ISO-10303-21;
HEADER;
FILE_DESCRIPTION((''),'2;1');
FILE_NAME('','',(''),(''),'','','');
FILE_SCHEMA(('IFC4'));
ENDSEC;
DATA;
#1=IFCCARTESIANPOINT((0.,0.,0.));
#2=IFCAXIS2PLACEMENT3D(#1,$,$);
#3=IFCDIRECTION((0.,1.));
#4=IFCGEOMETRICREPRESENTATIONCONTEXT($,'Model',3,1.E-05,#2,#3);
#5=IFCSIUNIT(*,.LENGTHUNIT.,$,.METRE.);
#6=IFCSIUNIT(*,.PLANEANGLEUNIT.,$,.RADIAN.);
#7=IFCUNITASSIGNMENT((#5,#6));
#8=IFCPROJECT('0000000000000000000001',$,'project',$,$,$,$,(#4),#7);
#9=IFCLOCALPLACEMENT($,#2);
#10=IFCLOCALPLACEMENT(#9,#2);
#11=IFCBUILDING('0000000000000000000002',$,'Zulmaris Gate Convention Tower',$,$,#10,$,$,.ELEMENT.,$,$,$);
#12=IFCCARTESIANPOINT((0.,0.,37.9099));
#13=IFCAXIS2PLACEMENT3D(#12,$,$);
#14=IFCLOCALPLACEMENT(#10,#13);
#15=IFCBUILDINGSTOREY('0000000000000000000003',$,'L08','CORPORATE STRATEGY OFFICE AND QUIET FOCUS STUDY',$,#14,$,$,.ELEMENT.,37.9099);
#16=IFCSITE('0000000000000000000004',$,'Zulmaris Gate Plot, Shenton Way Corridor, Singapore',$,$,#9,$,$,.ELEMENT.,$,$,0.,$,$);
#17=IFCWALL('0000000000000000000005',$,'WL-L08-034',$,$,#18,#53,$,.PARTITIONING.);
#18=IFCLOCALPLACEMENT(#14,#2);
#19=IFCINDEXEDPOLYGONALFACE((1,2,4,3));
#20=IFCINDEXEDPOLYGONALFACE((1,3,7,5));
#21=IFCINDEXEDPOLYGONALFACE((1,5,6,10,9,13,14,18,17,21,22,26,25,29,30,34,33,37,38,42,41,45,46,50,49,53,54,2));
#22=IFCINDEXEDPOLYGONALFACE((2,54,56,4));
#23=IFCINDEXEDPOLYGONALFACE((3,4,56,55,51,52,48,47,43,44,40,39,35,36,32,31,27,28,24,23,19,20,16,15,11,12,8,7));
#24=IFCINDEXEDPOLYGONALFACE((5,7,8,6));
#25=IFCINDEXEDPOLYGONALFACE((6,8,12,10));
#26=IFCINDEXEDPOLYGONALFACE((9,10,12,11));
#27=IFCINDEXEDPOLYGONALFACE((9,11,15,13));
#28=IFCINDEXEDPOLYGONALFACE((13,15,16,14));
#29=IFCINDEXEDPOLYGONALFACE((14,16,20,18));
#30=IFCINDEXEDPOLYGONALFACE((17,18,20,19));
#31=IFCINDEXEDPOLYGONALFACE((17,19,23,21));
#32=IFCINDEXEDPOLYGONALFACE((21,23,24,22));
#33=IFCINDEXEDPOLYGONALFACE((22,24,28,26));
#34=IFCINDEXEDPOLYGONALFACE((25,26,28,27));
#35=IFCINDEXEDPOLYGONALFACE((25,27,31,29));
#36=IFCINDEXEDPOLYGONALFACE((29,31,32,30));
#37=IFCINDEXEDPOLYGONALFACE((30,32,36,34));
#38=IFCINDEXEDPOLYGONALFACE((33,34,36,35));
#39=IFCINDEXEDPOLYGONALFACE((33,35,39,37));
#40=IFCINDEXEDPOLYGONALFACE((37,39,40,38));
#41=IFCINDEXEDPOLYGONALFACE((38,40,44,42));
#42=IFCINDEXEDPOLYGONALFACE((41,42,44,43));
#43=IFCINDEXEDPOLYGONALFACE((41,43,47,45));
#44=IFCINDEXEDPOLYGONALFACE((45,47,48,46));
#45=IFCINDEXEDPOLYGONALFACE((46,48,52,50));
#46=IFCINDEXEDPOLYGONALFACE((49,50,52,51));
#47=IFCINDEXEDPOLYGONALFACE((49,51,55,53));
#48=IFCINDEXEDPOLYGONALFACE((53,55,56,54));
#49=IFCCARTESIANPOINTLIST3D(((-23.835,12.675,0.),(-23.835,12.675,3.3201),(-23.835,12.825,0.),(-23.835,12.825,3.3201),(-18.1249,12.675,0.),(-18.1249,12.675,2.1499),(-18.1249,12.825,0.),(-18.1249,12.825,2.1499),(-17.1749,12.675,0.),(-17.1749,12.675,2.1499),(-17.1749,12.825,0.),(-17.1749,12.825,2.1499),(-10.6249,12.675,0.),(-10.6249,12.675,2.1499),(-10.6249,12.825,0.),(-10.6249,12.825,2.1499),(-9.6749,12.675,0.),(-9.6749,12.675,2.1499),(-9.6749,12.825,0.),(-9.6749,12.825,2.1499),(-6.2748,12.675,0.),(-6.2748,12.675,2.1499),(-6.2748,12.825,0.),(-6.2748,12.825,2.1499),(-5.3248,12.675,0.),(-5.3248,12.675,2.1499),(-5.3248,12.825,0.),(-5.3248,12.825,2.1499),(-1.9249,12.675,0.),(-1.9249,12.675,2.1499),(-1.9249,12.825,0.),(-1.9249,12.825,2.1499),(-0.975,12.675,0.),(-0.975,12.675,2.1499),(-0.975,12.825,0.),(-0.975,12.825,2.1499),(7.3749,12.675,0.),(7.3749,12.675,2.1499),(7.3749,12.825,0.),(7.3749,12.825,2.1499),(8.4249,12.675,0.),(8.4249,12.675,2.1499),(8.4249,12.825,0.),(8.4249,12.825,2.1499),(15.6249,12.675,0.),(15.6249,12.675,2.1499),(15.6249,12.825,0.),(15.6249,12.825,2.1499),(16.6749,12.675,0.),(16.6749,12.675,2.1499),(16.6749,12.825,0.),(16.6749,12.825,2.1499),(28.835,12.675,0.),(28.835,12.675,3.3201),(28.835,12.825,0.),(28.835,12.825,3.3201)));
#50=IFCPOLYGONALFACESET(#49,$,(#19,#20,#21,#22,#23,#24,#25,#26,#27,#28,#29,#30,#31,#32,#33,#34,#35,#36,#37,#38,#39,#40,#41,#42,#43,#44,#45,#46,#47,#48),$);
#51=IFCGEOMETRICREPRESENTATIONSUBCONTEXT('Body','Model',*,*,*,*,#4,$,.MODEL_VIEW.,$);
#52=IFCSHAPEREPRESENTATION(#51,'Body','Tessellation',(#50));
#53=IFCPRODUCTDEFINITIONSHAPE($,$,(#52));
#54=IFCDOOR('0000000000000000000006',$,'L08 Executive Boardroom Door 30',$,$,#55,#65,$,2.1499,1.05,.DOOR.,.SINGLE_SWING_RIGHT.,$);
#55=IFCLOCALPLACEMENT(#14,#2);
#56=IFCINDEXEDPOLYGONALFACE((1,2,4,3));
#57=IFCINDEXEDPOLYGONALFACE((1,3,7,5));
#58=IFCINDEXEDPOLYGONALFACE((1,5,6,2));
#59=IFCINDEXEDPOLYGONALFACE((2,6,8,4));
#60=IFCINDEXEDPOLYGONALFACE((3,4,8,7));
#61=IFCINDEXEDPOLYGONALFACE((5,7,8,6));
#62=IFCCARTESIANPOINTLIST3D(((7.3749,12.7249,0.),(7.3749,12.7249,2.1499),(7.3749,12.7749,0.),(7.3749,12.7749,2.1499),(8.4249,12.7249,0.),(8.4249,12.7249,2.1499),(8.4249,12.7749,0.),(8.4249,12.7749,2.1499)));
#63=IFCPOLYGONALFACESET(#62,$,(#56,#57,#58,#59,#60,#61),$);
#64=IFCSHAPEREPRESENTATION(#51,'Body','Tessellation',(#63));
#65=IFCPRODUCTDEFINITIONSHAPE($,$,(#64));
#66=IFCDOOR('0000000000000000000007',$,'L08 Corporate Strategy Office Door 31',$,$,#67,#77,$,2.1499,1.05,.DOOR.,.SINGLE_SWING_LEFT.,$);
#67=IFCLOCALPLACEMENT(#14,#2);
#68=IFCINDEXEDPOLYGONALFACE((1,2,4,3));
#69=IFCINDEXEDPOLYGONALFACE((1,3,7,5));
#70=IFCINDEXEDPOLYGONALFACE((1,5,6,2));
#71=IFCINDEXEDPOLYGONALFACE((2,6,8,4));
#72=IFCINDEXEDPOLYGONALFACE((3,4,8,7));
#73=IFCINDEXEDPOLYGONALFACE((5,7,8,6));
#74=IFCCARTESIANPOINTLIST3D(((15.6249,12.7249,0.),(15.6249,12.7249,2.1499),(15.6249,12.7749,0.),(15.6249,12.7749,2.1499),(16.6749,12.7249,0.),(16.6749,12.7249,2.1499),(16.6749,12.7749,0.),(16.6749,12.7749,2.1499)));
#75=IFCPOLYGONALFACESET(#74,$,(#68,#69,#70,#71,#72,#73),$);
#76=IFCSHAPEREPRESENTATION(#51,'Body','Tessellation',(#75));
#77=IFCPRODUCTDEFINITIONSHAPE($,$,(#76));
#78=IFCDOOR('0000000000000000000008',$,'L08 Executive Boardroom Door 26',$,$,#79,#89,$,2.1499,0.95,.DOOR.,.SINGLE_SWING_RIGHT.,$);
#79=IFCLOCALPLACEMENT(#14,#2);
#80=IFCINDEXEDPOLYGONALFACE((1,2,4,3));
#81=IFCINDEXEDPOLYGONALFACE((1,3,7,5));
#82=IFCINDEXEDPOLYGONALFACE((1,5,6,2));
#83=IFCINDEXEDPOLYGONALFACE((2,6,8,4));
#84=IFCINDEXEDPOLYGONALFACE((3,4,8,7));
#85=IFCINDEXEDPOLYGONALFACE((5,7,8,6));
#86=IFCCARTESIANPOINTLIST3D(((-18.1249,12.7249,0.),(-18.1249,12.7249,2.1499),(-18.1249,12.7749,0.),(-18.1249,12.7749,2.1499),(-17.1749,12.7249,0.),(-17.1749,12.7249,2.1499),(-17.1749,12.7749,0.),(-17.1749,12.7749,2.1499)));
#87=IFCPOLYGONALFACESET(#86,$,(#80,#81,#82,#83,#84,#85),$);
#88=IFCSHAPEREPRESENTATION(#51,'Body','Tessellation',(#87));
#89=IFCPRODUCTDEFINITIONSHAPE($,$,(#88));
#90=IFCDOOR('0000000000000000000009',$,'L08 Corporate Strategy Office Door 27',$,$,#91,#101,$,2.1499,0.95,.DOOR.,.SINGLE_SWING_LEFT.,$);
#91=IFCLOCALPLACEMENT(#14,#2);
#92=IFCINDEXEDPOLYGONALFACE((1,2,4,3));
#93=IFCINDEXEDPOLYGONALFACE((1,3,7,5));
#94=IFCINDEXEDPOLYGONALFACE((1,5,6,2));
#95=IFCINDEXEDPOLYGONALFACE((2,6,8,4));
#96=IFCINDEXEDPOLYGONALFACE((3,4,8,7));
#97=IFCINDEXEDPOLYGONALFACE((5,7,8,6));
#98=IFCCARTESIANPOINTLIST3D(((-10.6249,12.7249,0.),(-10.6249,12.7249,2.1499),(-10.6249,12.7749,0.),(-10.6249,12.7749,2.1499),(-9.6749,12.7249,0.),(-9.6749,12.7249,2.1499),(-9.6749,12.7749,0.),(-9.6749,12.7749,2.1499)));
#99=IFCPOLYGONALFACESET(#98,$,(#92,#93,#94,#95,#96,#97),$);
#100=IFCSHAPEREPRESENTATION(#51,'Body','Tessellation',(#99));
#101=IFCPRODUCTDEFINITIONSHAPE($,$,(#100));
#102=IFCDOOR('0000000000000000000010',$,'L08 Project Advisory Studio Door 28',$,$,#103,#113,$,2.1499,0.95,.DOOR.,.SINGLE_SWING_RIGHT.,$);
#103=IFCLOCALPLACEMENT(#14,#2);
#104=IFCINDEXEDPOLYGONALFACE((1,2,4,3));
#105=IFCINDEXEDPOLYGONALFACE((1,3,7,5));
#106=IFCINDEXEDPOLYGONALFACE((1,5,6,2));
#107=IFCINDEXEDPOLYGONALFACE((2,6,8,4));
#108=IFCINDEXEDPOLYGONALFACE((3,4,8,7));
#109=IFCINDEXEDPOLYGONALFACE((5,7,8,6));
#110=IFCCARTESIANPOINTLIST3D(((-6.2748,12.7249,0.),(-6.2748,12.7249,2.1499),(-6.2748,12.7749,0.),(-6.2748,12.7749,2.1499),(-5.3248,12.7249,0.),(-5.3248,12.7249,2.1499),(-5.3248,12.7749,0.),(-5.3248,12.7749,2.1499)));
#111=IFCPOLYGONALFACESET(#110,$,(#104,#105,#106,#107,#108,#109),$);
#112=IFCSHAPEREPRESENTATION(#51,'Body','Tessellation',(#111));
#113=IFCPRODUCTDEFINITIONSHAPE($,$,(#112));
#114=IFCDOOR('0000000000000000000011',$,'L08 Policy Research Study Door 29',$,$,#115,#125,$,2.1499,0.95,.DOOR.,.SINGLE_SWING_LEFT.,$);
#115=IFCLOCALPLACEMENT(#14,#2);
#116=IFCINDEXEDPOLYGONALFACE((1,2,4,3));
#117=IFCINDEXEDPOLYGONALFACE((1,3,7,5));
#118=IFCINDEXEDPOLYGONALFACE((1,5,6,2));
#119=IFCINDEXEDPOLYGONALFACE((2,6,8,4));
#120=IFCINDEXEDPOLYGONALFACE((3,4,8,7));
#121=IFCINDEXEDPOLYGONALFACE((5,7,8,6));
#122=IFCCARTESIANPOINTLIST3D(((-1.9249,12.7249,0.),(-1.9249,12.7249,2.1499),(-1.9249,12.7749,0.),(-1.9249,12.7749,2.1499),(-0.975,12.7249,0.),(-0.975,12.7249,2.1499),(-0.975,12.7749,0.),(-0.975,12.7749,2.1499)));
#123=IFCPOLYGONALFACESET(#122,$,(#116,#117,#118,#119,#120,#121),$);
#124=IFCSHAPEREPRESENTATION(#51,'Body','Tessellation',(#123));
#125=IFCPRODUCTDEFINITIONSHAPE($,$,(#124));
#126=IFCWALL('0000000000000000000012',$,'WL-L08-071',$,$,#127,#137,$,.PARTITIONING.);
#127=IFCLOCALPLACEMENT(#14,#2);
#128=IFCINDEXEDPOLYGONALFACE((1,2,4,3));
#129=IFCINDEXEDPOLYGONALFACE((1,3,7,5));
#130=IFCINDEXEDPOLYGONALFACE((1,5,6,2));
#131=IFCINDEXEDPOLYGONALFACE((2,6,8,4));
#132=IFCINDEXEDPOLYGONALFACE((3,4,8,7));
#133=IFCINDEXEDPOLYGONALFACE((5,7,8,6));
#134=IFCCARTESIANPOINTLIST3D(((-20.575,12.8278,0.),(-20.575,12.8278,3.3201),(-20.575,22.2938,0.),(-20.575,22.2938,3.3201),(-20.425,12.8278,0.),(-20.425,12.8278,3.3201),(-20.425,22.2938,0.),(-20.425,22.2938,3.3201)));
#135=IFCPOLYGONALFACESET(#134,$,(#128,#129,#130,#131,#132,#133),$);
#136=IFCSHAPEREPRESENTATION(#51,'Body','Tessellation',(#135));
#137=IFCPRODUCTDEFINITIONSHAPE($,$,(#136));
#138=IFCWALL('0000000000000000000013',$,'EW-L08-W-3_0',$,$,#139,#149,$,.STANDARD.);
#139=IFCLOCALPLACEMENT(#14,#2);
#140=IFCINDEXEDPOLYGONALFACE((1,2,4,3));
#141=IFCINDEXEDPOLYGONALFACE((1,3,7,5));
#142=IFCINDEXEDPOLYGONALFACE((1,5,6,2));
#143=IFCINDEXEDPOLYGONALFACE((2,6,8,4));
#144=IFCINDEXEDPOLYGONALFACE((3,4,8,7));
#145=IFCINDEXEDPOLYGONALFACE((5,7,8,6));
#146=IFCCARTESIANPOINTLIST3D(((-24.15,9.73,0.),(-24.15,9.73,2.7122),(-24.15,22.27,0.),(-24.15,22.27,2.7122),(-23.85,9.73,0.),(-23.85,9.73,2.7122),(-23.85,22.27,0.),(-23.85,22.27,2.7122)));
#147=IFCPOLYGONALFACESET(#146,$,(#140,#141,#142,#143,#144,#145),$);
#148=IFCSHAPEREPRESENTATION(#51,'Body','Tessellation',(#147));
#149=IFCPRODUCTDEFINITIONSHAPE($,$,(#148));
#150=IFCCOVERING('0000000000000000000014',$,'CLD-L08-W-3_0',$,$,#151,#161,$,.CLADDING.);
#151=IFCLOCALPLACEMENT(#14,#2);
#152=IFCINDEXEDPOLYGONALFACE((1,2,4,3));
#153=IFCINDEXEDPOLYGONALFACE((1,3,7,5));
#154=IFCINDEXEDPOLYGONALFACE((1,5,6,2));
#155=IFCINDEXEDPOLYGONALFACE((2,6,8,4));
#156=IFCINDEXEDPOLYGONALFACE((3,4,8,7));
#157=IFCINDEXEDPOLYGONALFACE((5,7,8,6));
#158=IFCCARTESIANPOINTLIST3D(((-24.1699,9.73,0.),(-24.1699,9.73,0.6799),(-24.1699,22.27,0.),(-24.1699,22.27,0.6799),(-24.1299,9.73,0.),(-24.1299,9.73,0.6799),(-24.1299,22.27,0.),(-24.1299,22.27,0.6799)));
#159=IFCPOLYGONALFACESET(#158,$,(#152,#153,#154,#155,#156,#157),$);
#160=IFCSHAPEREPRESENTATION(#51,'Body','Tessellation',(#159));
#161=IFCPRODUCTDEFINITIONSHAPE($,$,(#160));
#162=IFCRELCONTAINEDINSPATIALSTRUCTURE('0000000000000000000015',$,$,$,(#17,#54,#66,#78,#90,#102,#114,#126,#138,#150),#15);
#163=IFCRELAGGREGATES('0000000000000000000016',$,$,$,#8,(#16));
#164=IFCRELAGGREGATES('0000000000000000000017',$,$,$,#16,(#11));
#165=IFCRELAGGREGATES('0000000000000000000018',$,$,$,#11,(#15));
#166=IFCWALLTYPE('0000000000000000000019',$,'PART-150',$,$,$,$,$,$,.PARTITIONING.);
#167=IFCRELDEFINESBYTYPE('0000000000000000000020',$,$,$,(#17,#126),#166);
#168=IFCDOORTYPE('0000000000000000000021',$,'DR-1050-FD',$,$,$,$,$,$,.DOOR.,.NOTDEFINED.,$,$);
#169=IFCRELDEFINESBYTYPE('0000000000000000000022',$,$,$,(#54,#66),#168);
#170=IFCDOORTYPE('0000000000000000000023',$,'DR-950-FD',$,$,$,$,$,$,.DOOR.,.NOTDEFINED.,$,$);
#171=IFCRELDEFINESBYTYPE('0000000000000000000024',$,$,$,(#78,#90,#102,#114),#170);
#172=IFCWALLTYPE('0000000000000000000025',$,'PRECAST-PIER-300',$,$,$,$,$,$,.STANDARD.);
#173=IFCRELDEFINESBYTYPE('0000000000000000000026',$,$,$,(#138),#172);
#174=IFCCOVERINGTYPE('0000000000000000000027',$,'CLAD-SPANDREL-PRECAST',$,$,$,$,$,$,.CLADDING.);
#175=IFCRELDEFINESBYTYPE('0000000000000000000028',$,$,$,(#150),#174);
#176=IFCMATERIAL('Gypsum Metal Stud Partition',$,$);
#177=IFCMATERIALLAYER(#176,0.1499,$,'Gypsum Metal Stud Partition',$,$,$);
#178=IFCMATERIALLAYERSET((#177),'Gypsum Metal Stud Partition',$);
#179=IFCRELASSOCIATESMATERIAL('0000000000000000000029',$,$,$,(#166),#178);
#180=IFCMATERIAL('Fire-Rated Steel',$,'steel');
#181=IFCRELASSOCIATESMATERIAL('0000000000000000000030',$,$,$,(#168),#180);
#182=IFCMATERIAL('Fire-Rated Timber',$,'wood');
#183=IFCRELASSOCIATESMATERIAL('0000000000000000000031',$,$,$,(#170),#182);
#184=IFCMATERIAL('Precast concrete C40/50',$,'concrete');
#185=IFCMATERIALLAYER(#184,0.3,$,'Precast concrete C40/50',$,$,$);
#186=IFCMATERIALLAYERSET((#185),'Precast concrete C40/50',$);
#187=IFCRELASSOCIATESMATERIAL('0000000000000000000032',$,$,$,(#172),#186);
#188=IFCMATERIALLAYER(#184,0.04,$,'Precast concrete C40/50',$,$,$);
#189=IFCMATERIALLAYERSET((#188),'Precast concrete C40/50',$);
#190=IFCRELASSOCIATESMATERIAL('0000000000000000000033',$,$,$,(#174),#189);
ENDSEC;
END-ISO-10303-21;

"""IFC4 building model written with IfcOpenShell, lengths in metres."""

from ifc_helpers import new_model, si_unit, direction, frame, frame_2d, origin, place, context, subcontext, project, spatial, rectangle, extrude, material, layer, layer_set, type_object, element, fill, save


model = new_model("IFC4")

# Units and contexts
model_context = context("Model", 3, precision=1e-05, world=origin(), true_north=direction((0.0, 1.0)))
body_context = subcontext(model_context, "Body", "Model", "MODEL_VIEW")
ifc_project = project(units=[si_unit("LENGTHUNIT", "METRE"), si_unit("PLANEANGLEUNIT", "RADIAN")], contexts=[model_context])

# Site, building, storey
site_placement = place(None, origin())
site = spatial("IfcSite", under=ifc_project, at=site_placement, Name="Zulmaris Gate Plot, Shenton Way Corridor, Singapore", CompositionType="ELEMENT", RefElevation=0.0)
building_placement = place(site_placement, origin())
building = spatial("IfcBuilding", under=site, at=building_placement, Name="Zulmaris Gate Convention Tower", CompositionType="ELEMENT")
storey_placement = place(building_placement, frame((0.0, 0.0, 37.9099)))
storey = spatial("IfcBuildingStorey", under=building, at=storey_placement, Name="L08", Description="CORPORATE STRATEGY OFFICE AND QUIET FOCUS STUDY", CompositionType="ELEMENT", Elevation=37.9099)

# Shared definitions
ifc_material_1 = material(Name="Fire-Rated Steel", Category="steel")
ifc_material_2 = material(Name="Gypsum Metal Stud Partition")
ifc_layer_1 = layer(ifc_material_2, 0.1499, Name="Gypsum Metal Stud Partition")
ifc_layer_set_1 = layer_set([ifc_layer_1], Name="Gypsum Metal Stud Partition")
wall_type_1 = type_object("IfcWallType", Name="PART-150", PredefinedType="PARTITIONING", material=ifc_layer_set_1)
ifc_material_3 = material(Name="Fire-Rated Timber", Category="wood")

# Wall, openings, doors
wall_1_placement = place(storey_placement, frame((-23.835, 12.75, 0.0), z_axis=(0.0, 0.0, 1.0), x_axis=(1.0, 0.0, 0.0)))
wall_1 = element("IfcWall", 1, at=wall_1_placement, inside=storey, type_object=wall_type_1, Name="WL-L08-034", PredefinedType="PARTITIONING", context=body_context, shape_type="SweptSolid", body=[
    extrude(rectangle(XDim=52.6699, YDim=0.1499, at=frame_2d((26.335, 0.0))), origin(), (0.0, 0.0, 1.0), 3.3201),
])
opening_1_placement = place(wall_1_placement, frame((5.71, 0.0, 0.0)))
opening_1 = element("IfcOpeningElement", 2, at=opening_1_placement, cuts=wall_1, PredefinedType="OPENING", context=body_context, shape_type="SweptSolid", body=[
    extrude(rectangle(XDim=0.95, YDim=2.1499, at=frame_2d((0.4751, 1.075))), frame((0.0, 0.085, 0.0), z_axis=(0.0, -1.0, 0.0), x_axis=(1.0, 0.0, 0.0)), (0.0, 0.0, 1.0), 0.1699),
])
opening_2_placement = place(wall_1_placement, frame((13.21, 0.0, 0.0)))
opening_2 = element("IfcOpeningElement", 3, at=opening_2_placement, cuts=wall_1, PredefinedType="OPENING", context=body_context, shape_type="SweptSolid", body=[
    extrude(rectangle(XDim=0.95, YDim=2.1499, at=frame_2d((0.4751, 1.075))), frame((0.0, 0.085, 0.0), z_axis=(0.0, -1.0, 0.0), x_axis=(1.0, 0.0, 0.0)), (0.0, 0.0, 1.0), 0.1699),
])
opening_3_placement = place(wall_1_placement, frame((17.5601, 0.0, 0.0)))
opening_3 = element("IfcOpeningElement", 4, at=opening_3_placement, cuts=wall_1, PredefinedType="OPENING", context=body_context, shape_type="SweptSolid", body=[
    extrude(rectangle(XDim=0.95, YDim=2.1499, at=frame_2d((0.4751, 1.075))), frame((0.0, 0.085, 0.0), z_axis=(0.0, -1.0, 0.0), x_axis=(1.0, 0.0, 0.0)), (0.0, 0.0, 1.0), 0.1699),
])
opening_4_placement = place(wall_1_placement, frame((21.9099, 0.0, 0.0)))
opening_4 = element("IfcOpeningElement", 5, at=opening_4_placement, cuts=wall_1, PredefinedType="OPENING", context=body_context, shape_type="SweptSolid", body=[
    extrude(rectangle(XDim=0.95, YDim=2.1499, at=frame_2d((0.4751, 1.075))), frame((0.0, 0.085, 0.0), z_axis=(0.0, -1.0, 0.0), x_axis=(1.0, 0.0, 0.0)), (0.0, 0.0, 1.0), 0.1699),
])
opening_5_placement = place(wall_1_placement, frame((31.21, 0.0, 0.0)))
opening_5 = element("IfcOpeningElement", 6, at=opening_5_placement, cuts=wall_1, PredefinedType="OPENING", context=body_context, shape_type="SweptSolid", body=[
    extrude(rectangle(XDim=1.05, YDim=2.1499, at=frame_2d((0.5249, 1.075))), frame((0.0, 0.085, 0.0), z_axis=(0.0, -1.0, 0.0), x_axis=(1.0, 0.0, 0.0)), (0.0, 0.0, 1.0), 0.1699),
])
opening_6_placement = place(wall_1_placement, frame((39.46, 0.0, 0.0)))
opening_6 = element("IfcOpeningElement", 7, at=opening_6_placement, cuts=wall_1, PredefinedType="OPENING", context=body_context, shape_type="SweptSolid", body=[
    extrude(rectangle(XDim=1.05, YDim=2.1499, at=frame_2d((0.5249, 1.075))), frame((0.0, 0.085, 0.0), z_axis=(0.0, -1.0, 0.0), x_axis=(1.0, 0.0, 0.0)), (0.0, 0.0, 1.0), 0.1699),
])
door_type_1 = type_object("IfcDoorType", Name="DR-1050-FD", OperationType="NOTDEFINED", PredefinedType="DOOR", material=ifc_material_1)
door_1_placement = place(opening_5_placement, origin())
door_1 = element("IfcDoor", 8, at=door_1_placement, inside=storey, type_object=door_type_1, Name="L08 Executive Boardroom Door 30", OperationType="SINGLE_SWING_RIGHT", OverallHeight=2.1499, OverallWidth=1.05, PredefinedType="DOOR", context=body_context, shape_type="SweptSolid", body=[
    extrude(rectangle(XDim=1.05, YDim=2.1499, at=frame_2d((0.5249, 1.075))), frame((0.0, 0.0249, 0.0), z_axis=(0.0, -1.0, 0.0), x_axis=(1.0, 0.0, 0.0)), (0.0, 0.0, 1.0), 0.05),
])
fill(opening_5, door_1)
door_2_placement = place(opening_6_placement, origin())
door_2 = element("IfcDoor", 9, at=door_2_placement, inside=storey, type_object=door_type_1, Name="L08 Corporate Strategy Office Door 31", OperationType="SINGLE_SWING_LEFT", OverallHeight=2.1499, OverallWidth=1.05, PredefinedType="DOOR", context=body_context, shape_type="SweptSolid", body=[
    extrude(rectangle(XDim=1.05, YDim=2.1499, at=frame_2d((0.5249, 1.075))), frame((0.0, 0.0249, 0.0), z_axis=(0.0, -1.0, 0.0), x_axis=(1.0, 0.0, 0.0)), (0.0, 0.0, 1.0), 0.05),
])
fill(opening_6, door_2)
door_type_2 = type_object("IfcDoorType", Name="DR-950-FD", OperationType="NOTDEFINED", PredefinedType="DOOR", material=ifc_material_3)
door_3_placement = place(opening_1_placement, origin())
door_3 = element("IfcDoor", 10, at=door_3_placement, inside=storey, type_object=door_type_2, Name="L08 Executive Boardroom Door 26", OperationType="SINGLE_SWING_RIGHT", OverallHeight=2.1499, OverallWidth=0.95, PredefinedType="DOOR", context=body_context, shape_type="SweptSolid", body=[
    extrude(rectangle(XDim=0.95, YDim=2.1499, at=frame_2d((0.4751, 1.075))), frame((0.0, 0.0249, 0.0), z_axis=(0.0, -1.0, 0.0), x_axis=(1.0, 0.0, 0.0)), (0.0, 0.0, 1.0), 0.05),
])
fill(opening_1, door_3)
door_4_placement = place(opening_2_placement, origin())
door_4 = element("IfcDoor", 11, at=door_4_placement, inside=storey, type_object=door_type_2, Name="L08 Corporate Strategy Office Door 27", OperationType="SINGLE_SWING_LEFT", OverallHeight=2.1499, OverallWidth=0.95, PredefinedType="DOOR", context=body_context, shape_type="SweptSolid", body=[
    extrude(rectangle(XDim=0.95, YDim=2.1499, at=frame_2d((0.4751, 1.075))), frame((0.0, 0.0249, 0.0), z_axis=(0.0, -1.0, 0.0), x_axis=(1.0, 0.0, 0.0)), (0.0, 0.0, 1.0), 0.05),
])
fill(opening_2, door_4)
door_5_placement = place(opening_3_placement, origin())
door_5 = element("IfcDoor", 12, at=door_5_placement, inside=storey, type_object=door_type_2, Name="L08 Project Advisory Studio Door 28", OperationType="SINGLE_SWING_RIGHT", OverallHeight=2.1499, OverallWidth=0.95, PredefinedType="DOOR", context=body_context, shape_type="SweptSolid", body=[
    extrude(rectangle(XDim=0.95, YDim=2.1499, at=frame_2d((0.4751, 1.075))), frame((0.0, 0.0249, 0.0), z_axis=(0.0, -1.0, 0.0), x_axis=(1.0, 0.0, 0.0)), (0.0, 0.0, 1.0), 0.05),
])
fill(opening_3, door_5)
door_6_placement = place(opening_4_placement, origin())
door_6 = element("IfcDoor", 13, at=door_6_placement, inside=storey, type_object=door_type_2, Name="L08 Policy Research Study Door 29", OperationType="SINGLE_SWING_LEFT", OverallHeight=2.1499, OverallWidth=0.95, PredefinedType="DOOR", context=body_context, shape_type="SweptSolid", body=[
    extrude(rectangle(XDim=0.95, YDim=2.1499, at=frame_2d((0.4751, 1.075))), frame((0.0, 0.0249, 0.0), z_axis=(0.0, -1.0, 0.0), x_axis=(1.0, 0.0, 0.0)), (0.0, 0.0, 1.0), 0.05),
])
fill(opening_4, door_6)

# Wall
wall_2_placement = place(storey_placement, frame((-20.5, 12.8279, 0.0), z_axis=(0.0, 0.0, 1.0), x_axis=(0.0, 1.0, 0.0)))
element("IfcWall", 14, at=wall_2_placement, inside=storey, type_object=wall_type_1, Name="WL-L08-071", PredefinedType="PARTITIONING", context=body_context, shape_type="SweptSolid", body=[
    extrude(rectangle(XDim=9.4661, YDim=0.1499, at=frame_2d((4.7329, 0.0))), origin(), (0.0, 0.0, 1.0), 3.3201),
])

# Wall
ifc_material_4 = material(Name="Precast concrete C40/50", Category="concrete")
ifc_layer_2 = layer(ifc_material_4, 0.3, Name="Precast concrete C40/50")
ifc_layer_set_2 = layer_set([ifc_layer_2], Name="Precast concrete C40/50")
wall_type_2 = type_object("IfcWallType", Name="PRECAST-PIER-300", PredefinedType="STANDARD", material=ifc_layer_set_2)
wall_3_placement = place(storey_placement, frame((-24.0, 22.27, 0.0), z_axis=(0.0, 0.0, 1.0), x_axis=(0.0, -1.0, 0.0)))
element("IfcWall", 15, at=wall_3_placement, inside=storey, type_object=wall_type_2, Name="EW-L08-W-3_0", PredefinedType="STANDARD", context=body_context, shape_type="SweptSolid", body=[
    extrude(rectangle(XDim=12.54, YDim=0.3, at=frame_2d((6.27, 0.0))), origin(), (0.0, 0.0, 1.0), 2.7122),
])

# Covering
ifc_layer_3 = layer(ifc_material_4, 0.04, Name="Precast concrete C40/50")
ifc_layer_set_3 = layer_set([ifc_layer_3], Name="Precast concrete C40/50")
covering_type = type_object("IfcCoveringType", Name="CLAD-SPANDREL-PRECAST", PredefinedType="CLADDING", material=ifc_layer_set_3)
covering_placement = place(storey_placement, frame((-24.1499, 22.27, 0.0), z_axis=(0.0, 0.0, 1.0), x_axis=(0.0, -1.0, 0.0)))
element("IfcCovering", 16, at=covering_placement, inside=storey, type_object=covering_type, Name="CLD-L08-W-3_0", PredefinedType="CLADDING", context=body_context, shape_type="SweptSolid", body=[
    extrude(rectangle(XDim=12.54, YDim=0.04, at=frame_2d((6.27, 0.0))), origin(), (0.0, 0.0, 1.0), 0.6799),
])

save(model, "model.ifc")
